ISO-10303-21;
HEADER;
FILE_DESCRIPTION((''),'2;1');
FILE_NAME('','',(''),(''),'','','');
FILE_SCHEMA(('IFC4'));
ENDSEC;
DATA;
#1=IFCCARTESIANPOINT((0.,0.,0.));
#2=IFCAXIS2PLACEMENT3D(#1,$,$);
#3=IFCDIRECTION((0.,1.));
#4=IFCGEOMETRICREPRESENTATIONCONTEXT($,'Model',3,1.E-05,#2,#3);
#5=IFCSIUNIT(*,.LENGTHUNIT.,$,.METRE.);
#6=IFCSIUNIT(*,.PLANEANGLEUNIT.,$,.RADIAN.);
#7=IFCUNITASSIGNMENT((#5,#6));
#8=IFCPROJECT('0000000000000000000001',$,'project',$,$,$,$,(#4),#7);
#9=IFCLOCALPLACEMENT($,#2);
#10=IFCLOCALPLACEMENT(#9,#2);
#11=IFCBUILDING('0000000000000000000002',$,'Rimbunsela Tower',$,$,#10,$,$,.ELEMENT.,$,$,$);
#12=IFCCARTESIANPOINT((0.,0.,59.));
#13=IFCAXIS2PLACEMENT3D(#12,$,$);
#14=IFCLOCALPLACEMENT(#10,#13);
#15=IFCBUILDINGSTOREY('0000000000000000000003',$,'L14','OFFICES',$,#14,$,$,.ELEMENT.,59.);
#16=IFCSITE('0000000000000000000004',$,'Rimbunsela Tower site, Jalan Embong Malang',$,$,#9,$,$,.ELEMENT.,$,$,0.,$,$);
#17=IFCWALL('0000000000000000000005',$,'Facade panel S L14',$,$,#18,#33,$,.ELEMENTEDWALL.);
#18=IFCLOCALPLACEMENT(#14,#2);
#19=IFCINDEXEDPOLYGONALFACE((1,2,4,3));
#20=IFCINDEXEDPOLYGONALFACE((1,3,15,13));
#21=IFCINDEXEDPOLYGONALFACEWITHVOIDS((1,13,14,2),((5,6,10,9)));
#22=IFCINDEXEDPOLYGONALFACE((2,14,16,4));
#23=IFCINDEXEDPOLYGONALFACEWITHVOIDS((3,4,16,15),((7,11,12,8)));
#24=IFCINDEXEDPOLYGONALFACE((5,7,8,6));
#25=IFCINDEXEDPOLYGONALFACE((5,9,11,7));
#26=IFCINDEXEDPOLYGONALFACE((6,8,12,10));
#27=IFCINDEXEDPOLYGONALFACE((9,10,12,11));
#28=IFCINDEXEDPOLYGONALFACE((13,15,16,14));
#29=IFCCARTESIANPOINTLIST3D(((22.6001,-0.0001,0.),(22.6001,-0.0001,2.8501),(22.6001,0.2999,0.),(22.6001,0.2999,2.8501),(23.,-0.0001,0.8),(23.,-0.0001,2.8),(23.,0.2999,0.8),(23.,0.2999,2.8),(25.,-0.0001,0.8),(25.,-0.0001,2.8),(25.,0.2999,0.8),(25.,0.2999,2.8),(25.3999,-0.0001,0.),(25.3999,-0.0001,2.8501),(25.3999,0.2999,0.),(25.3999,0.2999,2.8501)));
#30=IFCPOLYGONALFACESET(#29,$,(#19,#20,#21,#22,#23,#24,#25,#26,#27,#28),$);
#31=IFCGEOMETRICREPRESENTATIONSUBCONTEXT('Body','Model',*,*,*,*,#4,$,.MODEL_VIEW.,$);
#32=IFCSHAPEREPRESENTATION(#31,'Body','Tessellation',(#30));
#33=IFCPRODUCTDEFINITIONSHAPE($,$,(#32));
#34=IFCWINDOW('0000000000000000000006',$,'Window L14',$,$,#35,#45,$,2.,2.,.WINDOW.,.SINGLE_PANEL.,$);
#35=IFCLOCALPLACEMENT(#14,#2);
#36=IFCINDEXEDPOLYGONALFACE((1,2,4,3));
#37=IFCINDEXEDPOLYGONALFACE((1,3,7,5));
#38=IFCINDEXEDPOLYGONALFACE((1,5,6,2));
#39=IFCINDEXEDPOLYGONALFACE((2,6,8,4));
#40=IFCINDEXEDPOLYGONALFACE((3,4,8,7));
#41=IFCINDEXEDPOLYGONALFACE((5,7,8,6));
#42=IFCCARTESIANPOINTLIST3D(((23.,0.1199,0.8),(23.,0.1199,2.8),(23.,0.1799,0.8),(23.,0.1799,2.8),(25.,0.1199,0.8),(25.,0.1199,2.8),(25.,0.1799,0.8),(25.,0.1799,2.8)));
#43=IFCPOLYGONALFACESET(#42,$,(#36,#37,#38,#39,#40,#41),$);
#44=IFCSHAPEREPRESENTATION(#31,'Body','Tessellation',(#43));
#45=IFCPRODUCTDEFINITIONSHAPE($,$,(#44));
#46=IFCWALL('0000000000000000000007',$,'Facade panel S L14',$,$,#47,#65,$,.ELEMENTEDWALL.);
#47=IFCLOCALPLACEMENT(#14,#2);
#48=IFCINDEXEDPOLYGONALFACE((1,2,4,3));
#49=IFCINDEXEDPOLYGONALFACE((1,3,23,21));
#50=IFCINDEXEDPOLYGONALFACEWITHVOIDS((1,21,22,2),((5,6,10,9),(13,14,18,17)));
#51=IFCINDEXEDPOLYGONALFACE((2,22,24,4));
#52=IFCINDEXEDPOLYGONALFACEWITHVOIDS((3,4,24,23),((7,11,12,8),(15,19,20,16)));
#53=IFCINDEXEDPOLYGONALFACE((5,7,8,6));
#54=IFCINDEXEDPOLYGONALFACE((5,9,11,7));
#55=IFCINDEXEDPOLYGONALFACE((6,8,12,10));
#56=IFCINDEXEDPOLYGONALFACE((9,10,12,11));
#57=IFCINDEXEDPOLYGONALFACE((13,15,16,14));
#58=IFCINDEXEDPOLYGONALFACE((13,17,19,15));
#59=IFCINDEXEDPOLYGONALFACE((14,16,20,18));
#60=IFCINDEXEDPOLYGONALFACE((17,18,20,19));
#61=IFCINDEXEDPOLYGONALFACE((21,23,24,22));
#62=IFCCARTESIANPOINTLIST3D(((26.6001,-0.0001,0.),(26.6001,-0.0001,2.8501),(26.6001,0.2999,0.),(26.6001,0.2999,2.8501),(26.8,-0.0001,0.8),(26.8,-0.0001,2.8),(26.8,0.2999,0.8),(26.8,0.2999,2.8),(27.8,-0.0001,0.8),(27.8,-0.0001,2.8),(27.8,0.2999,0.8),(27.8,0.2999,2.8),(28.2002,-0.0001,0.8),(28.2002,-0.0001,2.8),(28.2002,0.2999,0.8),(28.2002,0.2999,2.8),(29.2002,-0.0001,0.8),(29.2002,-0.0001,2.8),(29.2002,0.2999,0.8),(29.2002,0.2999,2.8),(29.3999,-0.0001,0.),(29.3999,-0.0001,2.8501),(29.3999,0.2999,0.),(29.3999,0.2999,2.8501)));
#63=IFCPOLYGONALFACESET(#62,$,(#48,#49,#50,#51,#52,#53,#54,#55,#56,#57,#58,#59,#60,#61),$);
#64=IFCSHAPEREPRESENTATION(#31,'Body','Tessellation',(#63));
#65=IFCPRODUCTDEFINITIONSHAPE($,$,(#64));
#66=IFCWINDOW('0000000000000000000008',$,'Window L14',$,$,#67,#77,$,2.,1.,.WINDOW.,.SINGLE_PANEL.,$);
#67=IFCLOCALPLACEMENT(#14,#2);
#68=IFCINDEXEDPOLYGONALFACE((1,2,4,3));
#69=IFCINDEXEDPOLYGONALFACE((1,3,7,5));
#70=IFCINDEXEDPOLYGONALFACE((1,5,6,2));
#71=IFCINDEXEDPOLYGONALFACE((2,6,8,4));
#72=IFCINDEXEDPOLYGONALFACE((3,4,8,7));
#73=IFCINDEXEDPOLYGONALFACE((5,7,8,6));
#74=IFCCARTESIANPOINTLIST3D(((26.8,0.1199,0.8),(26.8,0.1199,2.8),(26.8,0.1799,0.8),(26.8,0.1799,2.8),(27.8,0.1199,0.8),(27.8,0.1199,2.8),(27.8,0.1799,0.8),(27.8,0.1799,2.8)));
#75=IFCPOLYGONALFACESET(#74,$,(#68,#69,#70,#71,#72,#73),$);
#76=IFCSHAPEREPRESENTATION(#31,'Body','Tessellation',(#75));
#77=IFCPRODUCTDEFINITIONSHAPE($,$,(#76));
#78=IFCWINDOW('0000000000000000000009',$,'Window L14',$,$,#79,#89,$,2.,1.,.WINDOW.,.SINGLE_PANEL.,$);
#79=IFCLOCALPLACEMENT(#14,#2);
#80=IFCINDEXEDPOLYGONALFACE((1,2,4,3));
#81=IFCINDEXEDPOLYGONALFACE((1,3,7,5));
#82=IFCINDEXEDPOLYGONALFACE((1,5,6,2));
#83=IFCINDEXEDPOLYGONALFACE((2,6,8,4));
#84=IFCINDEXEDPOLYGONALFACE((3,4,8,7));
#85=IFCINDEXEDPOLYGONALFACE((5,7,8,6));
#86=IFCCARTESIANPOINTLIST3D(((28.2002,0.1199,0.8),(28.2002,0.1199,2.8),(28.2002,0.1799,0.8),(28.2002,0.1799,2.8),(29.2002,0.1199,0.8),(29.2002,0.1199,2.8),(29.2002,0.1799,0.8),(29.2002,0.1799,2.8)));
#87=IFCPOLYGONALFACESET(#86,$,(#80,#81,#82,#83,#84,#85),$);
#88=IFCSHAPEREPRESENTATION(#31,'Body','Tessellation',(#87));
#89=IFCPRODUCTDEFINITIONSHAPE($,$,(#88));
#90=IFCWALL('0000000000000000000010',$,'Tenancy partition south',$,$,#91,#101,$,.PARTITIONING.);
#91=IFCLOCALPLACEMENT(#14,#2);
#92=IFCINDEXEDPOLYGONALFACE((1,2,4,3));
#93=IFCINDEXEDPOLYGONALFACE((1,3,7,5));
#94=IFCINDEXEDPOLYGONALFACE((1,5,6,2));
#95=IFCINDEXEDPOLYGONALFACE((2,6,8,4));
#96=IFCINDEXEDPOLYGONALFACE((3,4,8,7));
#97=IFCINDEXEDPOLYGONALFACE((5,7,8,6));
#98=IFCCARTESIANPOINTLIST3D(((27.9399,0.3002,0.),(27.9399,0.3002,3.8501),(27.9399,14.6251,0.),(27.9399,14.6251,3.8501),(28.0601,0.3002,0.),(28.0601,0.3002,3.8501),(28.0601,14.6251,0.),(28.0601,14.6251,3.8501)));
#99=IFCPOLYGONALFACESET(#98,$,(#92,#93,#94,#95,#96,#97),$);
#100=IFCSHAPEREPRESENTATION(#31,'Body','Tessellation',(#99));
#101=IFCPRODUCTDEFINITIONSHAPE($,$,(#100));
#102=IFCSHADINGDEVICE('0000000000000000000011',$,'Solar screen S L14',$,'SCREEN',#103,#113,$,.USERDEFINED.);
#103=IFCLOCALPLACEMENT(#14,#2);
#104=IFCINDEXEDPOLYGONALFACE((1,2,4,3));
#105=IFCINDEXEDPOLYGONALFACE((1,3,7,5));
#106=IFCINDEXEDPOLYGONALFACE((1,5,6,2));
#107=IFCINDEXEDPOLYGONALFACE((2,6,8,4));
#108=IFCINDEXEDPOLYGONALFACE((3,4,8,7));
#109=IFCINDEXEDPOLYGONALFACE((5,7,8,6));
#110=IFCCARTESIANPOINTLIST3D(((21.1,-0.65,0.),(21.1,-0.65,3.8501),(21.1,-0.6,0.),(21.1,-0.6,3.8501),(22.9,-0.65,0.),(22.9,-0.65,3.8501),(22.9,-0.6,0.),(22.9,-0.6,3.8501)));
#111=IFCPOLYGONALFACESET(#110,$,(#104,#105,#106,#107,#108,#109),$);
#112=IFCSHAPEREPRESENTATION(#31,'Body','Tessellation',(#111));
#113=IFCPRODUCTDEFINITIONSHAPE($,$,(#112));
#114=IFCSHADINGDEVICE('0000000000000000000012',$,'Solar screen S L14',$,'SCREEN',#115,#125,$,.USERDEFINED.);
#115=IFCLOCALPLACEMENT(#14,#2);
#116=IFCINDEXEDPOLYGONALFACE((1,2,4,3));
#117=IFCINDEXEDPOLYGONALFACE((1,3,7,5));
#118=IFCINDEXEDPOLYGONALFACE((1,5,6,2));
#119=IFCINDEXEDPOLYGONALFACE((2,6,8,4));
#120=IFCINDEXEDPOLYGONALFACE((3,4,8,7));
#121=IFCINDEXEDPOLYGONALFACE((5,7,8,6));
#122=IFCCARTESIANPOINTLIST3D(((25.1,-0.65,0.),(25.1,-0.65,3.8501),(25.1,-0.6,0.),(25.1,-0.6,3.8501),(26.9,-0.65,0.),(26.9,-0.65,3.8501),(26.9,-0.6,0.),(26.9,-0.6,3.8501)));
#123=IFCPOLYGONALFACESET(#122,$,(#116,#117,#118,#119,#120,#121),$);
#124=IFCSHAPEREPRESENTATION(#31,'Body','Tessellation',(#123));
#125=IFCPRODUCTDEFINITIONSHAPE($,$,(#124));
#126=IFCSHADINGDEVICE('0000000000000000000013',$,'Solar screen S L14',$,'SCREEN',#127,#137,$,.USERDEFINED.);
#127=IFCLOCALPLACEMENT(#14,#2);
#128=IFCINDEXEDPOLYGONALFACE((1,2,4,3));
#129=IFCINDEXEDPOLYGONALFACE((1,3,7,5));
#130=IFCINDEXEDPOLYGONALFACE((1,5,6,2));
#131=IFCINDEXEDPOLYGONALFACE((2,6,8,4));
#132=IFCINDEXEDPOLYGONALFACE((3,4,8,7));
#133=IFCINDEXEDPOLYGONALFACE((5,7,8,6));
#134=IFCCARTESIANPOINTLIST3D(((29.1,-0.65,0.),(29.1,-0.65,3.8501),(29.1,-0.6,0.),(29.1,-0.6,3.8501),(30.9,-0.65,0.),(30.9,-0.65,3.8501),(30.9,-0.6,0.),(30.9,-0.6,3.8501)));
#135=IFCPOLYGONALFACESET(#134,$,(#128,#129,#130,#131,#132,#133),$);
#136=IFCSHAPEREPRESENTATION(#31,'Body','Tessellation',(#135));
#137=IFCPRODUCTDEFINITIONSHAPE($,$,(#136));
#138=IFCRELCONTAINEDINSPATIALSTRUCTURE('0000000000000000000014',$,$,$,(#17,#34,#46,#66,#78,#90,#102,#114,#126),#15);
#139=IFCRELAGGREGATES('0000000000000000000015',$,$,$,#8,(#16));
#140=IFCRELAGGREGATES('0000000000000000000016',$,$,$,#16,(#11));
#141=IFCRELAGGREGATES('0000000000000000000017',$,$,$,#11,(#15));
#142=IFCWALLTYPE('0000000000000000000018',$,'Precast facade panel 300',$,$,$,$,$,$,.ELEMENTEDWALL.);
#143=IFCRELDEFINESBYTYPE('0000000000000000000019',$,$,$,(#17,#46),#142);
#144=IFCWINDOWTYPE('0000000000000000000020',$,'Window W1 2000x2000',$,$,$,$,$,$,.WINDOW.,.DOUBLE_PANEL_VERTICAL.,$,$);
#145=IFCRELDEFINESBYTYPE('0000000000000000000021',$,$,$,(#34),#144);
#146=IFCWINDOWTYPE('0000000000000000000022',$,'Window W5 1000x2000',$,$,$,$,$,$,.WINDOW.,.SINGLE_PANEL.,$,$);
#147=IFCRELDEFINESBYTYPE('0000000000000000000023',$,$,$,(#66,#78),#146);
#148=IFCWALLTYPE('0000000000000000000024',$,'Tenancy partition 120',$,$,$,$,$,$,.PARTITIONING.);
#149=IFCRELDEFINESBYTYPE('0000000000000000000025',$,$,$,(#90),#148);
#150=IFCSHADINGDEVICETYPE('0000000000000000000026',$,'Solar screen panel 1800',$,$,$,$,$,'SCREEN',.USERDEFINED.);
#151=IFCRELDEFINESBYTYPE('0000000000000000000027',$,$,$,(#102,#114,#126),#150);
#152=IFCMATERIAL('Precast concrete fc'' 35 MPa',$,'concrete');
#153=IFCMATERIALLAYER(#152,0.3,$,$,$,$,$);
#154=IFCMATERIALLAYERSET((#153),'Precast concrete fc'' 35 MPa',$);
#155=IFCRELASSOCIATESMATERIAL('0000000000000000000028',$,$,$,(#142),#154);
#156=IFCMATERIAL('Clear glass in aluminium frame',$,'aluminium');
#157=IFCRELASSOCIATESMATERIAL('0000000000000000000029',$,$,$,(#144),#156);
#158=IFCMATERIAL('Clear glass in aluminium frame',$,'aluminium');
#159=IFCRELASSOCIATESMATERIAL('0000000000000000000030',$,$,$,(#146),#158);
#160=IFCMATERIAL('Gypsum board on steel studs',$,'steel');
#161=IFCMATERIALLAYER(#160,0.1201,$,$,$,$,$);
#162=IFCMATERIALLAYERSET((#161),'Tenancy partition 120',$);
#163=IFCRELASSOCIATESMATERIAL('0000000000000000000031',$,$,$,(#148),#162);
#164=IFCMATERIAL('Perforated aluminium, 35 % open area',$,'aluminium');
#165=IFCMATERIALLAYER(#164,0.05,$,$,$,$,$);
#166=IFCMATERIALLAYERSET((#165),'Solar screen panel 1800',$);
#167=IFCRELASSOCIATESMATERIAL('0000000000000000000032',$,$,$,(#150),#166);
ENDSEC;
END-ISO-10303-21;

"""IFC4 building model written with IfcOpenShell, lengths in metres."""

from ifc_helpers import new_model, si_unit, direction, frame, frame_2d, origin, origin_2d, place, context, subcontext, project, spatial, rectangle, extrude, material, layer, layer_set, type_object, element, fill, save


model = new_model("IFC4")

# Units and contexts
model_context = context("Model", 3, precision=1e-05, world=origin(), true_north=direction((0.0, 1.0)))
body_context = subcontext(model_context, "Body", "Model", "MODEL_VIEW")
ifc_project = project(units=[si_unit("LENGTHUNIT", "METRE"), si_unit("PLANEANGLEUNIT", "RADIAN")], contexts=[model_context])

# Site, building, storey
site_placement = place(None, origin())
site = spatial("IfcSite", under=ifc_project, at=site_placement, Name="Rimbunsela Tower site, Jalan Embong Malang", CompositionType="ELEMENT", RefElevation=0.0)
building_placement = place(site_placement, origin())
building = spatial("IfcBuilding", under=site, at=building_placement, Name="Rimbunsela Tower", CompositionType="ELEMENT")
storey_placement = place(building_placement, frame((0.0, 0.0, 59.0)))
storey = spatial("IfcBuildingStorey", under=building, at=storey_placement, Name="L14", Description="OFFICES", CompositionType="ELEMENT", Elevation=59.0)

# Wall, opening, window
ifc_material_1 = material(Name="Precast concrete fc' 35 MPa", Category="concrete")
ifc_layer_1 = layer(ifc_material_1, 0.3)
ifc_layer_set_1 = layer_set([ifc_layer_1], Name="Precast concrete fc' 35 MPa")
wall_type_1 = type_object("IfcWallType", Name="Precast facade panel 300", PredefinedType="ELEMENTEDWALL", material=ifc_layer_set_1)
wall_1_placement = place(storey_placement, frame((22.6001, 0.1499, 0.0), z_axis=(0.0, 0.0, 1.0), x_axis=(1.0, 0.0, 0.0)))
wall_1 = element("IfcWall", 1, at=wall_1_placement, inside=storey, type_object=wall_type_1, Name="Facade panel S L14", PredefinedType="ELEMENTEDWALL", context=body_context, shape_type="SweptSolid", body=[
    extrude(rectangle(XDim=2.7998, YDim=0.3, at=frame_2d((1.3999, 0.0))), origin(), (0.0, 0.0, 1.0), 2.8501),
])
opening_1_placement = place(wall_1_placement, frame((0.3999, 0.0, 0.8)))
opening_1 = element("IfcOpeningElement", 2, at=opening_1_placement, cuts=wall_1, PredefinedType="OPENING", context=body_context, shape_type="SweptSolid", body=[
    extrude(rectangle(XDim=2.0, YDim=2.0, at=frame_2d((1.0, 1.0))), frame((0.0, 0.1599, 0.0), z_axis=(0.0, -1.0, 0.0), x_axis=(1.0, 0.0, 0.0)), (0.0, 0.0, 1.0), 0.3201),
])
ifc_material_2 = material(Name="Clear glass in aluminium frame", Category="aluminium")
window_type_1 = type_object("IfcWindowType", Name="Window W1 2000x2000", PartitioningType="DOUBLE_PANEL_VERTICAL", PredefinedType="WINDOW", material=ifc_material_2)
window_1_placement = place(opening_1_placement, origin())
window_1 = element("IfcWindow", 3, at=window_1_placement, inside=storey, type_object=window_type_1, Name="Window L14", OverallHeight=2.0, OverallWidth=2.0, PartitioningType="SINGLE_PANEL", PredefinedType="WINDOW", context=body_context, shape_type="SweptSolid", body=[
    extrude(rectangle(XDim=2.0, YDim=2.0, at=frame_2d((1.0, 1.0))), frame((0.0, 0.03, 0.0), z_axis=(0.0, -1.0, 0.0), x_axis=(1.0, 0.0, 0.0)), (0.0, 0.0, 1.0), 0.0601),
])
fill(opening_1, window_1)

# Wall, openings, windows
wall_2_placement = place(storey_placement, frame((26.6001, 0.1499, 0.0), z_axis=(0.0, 0.0, 1.0), x_axis=(1.0, 0.0, 0.0)))
wall_2 = element("IfcWall", 4, at=wall_2_placement, inside=storey, type_object=wall_type_1, Name="Facade panel S L14", PredefinedType="ELEMENTEDWALL", context=body_context, shape_type="SweptSolid", body=[
    extrude(rectangle(XDim=2.7998, YDim=0.3, at=frame_2d((1.3999, 0.0))), origin(), (0.0, 0.0, 1.0), 2.8501),
])
opening_2_placement = place(wall_2_placement, frame((0.2, 0.0, 0.8)))
opening_2 = element("IfcOpeningElement", 5, at=opening_2_placement, cuts=wall_2, PredefinedType="OPENING", context=body_context, shape_type="SweptSolid", body=[
    extrude(rectangle(XDim=1.0, YDim=2.0, at=frame_2d((0.5, 1.0))), frame((0.0, 0.1599, 0.0), z_axis=(0.0, -1.0, 0.0), x_axis=(1.0, 0.0, 0.0)), (0.0, 0.0, 1.0), 0.3201),
])
opening_3_placement = place(wall_2_placement, frame((1.6001, 0.0, 0.8)))
opening_3 = element("IfcOpeningElement", 6, at=opening_3_placement, cuts=wall_2, PredefinedType="OPENING", context=body_context, shape_type="SweptSolid", body=[
    extrude(rectangle(XDim=1.0, YDim=2.0, at=frame_2d((0.5, 1.0))), frame((0.0, 0.1599, 0.0), z_axis=(0.0, -1.0, 0.0), x_axis=(1.0, 0.0, 0.0)), (0.0, 0.0, 1.0), 0.3201),
])
ifc_material_3 = material(Name="Clear glass in aluminium frame", Category="aluminium")
window_type_2 = type_object("IfcWindowType", Name="Window W5 1000x2000", PartitioningType="SINGLE_PANEL", PredefinedType="WINDOW", material=ifc_material_3)
window_2_placement = place(opening_2_placement, origin())
window_2 = element("IfcWindow", 7, at=window_2_placement, inside=storey, type_object=window_type_2, Name="Window L14", OverallHeight=2.0, OverallWidth=1.0, PartitioningType="SINGLE_PANEL", PredefinedType="WINDOW", context=body_context, shape_type="SweptSolid", body=[
    extrude(rectangle(XDim=1.0, YDim=2.0, at=frame_2d((0.5, 1.0))), frame((0.0, 0.03, 0.0), z_axis=(0.0, -1.0, 0.0), x_axis=(1.0, 0.0, 0.0)), (0.0, 0.0, 1.0), 0.0601),
])
fill(opening_2, window_2)
window_3_placement = place(opening_3_placement, origin())
window_3 = element("IfcWindow", 8, at=window_3_placement, inside=storey, type_object=window_type_2, Name="Window L14", OverallHeight=2.0, OverallWidth=1.0, PartitioningType="SINGLE_PANEL", PredefinedType="WINDOW", context=body_context, shape_type="SweptSolid", body=[
    extrude(rectangle(XDim=1.0, YDim=2.0, at=frame_2d((0.5, 1.0))), frame((0.0, 0.03, 0.0), z_axis=(0.0, -1.0, 0.0), x_axis=(1.0, 0.0, 0.0)), (0.0, 0.0, 1.0), 0.0601),
])
fill(opening_3, window_3)

# Wall
ifc_material_4 = material(Name="Gypsum board on steel studs", Category="steel")
ifc_layer_2 = layer(ifc_material_4, 0.1201)
ifc_layer_set_2 = layer_set([ifc_layer_2], Name="Tenancy partition 120")
wall_type_2 = type_object("IfcWallType", Name="Tenancy partition 120", PredefinedType="PARTITIONING", material=ifc_layer_set_2)
wall_3_placement = place(storey_placement, frame((28.0, 0.3, 0.0), z_axis=(0.0, 0.0, 1.0), x_axis=(0.0, 1.0, 0.0)))
element("IfcWall", 9, at=wall_3_placement, inside=storey, type_object=wall_type_2, Name="Tenancy partition south", PredefinedType="PARTITIONING", context=body_context, shape_type="SweptSolid", body=[
    extrude(rectangle(XDim=14.325, YDim=0.1201, at=frame_2d((7.1626, 0.0))), origin(), (0.0, 0.0, 1.0), 3.8501),
])

# Shading devices
ifc_material_5 = material(Name="Perforated aluminium, 35 % open area", Category="aluminium")
ifc_layer_3 = layer(ifc_material_5, 0.05)
ifc_layer_set_3 = layer_set([ifc_layer_3], Name="Solar screen panel 1800")
shading_device_type = type_object("IfcShadingDeviceType", Name="Solar screen panel 1800", ElementType="SCREEN", PredefinedType="USERDEFINED", material=ifc_layer_set_3)
for number, where, z_axis, x_axis, name in (
    (10, (22.0, -0.625, 0.0), (0.0, 0.0, 1.0), (1.0, 0.0, 0.0), "Solar screen S L14"),
    (11, (26.0, -0.625, 0.0), (0.0, 0.0, 1.0), (1.0, 0.0, 0.0), "Solar screen S L14"),
    (12, (30.0, -0.625, 0.0), (0.0, 0.0, 1.0), (1.0, 0.0, 0.0), "Solar screen S L14"),
):
    element("IfcShadingDevice", number, at=place(storey_placement, frame(where, z_axis=z_axis, x_axis=x_axis)), inside=storey, type_object=shading_device_type, Name=name, ObjectType="SCREEN", PredefinedType="USERDEFINED", context=body_context, shape_type="SweptSolid", body=[
        extrude(rectangle(XDim=1.8, YDim=0.05, at=origin_2d()), origin(), (0.0, 0.0, 1.0), 3.8501),
    ])

save(model, "model.ifc")
